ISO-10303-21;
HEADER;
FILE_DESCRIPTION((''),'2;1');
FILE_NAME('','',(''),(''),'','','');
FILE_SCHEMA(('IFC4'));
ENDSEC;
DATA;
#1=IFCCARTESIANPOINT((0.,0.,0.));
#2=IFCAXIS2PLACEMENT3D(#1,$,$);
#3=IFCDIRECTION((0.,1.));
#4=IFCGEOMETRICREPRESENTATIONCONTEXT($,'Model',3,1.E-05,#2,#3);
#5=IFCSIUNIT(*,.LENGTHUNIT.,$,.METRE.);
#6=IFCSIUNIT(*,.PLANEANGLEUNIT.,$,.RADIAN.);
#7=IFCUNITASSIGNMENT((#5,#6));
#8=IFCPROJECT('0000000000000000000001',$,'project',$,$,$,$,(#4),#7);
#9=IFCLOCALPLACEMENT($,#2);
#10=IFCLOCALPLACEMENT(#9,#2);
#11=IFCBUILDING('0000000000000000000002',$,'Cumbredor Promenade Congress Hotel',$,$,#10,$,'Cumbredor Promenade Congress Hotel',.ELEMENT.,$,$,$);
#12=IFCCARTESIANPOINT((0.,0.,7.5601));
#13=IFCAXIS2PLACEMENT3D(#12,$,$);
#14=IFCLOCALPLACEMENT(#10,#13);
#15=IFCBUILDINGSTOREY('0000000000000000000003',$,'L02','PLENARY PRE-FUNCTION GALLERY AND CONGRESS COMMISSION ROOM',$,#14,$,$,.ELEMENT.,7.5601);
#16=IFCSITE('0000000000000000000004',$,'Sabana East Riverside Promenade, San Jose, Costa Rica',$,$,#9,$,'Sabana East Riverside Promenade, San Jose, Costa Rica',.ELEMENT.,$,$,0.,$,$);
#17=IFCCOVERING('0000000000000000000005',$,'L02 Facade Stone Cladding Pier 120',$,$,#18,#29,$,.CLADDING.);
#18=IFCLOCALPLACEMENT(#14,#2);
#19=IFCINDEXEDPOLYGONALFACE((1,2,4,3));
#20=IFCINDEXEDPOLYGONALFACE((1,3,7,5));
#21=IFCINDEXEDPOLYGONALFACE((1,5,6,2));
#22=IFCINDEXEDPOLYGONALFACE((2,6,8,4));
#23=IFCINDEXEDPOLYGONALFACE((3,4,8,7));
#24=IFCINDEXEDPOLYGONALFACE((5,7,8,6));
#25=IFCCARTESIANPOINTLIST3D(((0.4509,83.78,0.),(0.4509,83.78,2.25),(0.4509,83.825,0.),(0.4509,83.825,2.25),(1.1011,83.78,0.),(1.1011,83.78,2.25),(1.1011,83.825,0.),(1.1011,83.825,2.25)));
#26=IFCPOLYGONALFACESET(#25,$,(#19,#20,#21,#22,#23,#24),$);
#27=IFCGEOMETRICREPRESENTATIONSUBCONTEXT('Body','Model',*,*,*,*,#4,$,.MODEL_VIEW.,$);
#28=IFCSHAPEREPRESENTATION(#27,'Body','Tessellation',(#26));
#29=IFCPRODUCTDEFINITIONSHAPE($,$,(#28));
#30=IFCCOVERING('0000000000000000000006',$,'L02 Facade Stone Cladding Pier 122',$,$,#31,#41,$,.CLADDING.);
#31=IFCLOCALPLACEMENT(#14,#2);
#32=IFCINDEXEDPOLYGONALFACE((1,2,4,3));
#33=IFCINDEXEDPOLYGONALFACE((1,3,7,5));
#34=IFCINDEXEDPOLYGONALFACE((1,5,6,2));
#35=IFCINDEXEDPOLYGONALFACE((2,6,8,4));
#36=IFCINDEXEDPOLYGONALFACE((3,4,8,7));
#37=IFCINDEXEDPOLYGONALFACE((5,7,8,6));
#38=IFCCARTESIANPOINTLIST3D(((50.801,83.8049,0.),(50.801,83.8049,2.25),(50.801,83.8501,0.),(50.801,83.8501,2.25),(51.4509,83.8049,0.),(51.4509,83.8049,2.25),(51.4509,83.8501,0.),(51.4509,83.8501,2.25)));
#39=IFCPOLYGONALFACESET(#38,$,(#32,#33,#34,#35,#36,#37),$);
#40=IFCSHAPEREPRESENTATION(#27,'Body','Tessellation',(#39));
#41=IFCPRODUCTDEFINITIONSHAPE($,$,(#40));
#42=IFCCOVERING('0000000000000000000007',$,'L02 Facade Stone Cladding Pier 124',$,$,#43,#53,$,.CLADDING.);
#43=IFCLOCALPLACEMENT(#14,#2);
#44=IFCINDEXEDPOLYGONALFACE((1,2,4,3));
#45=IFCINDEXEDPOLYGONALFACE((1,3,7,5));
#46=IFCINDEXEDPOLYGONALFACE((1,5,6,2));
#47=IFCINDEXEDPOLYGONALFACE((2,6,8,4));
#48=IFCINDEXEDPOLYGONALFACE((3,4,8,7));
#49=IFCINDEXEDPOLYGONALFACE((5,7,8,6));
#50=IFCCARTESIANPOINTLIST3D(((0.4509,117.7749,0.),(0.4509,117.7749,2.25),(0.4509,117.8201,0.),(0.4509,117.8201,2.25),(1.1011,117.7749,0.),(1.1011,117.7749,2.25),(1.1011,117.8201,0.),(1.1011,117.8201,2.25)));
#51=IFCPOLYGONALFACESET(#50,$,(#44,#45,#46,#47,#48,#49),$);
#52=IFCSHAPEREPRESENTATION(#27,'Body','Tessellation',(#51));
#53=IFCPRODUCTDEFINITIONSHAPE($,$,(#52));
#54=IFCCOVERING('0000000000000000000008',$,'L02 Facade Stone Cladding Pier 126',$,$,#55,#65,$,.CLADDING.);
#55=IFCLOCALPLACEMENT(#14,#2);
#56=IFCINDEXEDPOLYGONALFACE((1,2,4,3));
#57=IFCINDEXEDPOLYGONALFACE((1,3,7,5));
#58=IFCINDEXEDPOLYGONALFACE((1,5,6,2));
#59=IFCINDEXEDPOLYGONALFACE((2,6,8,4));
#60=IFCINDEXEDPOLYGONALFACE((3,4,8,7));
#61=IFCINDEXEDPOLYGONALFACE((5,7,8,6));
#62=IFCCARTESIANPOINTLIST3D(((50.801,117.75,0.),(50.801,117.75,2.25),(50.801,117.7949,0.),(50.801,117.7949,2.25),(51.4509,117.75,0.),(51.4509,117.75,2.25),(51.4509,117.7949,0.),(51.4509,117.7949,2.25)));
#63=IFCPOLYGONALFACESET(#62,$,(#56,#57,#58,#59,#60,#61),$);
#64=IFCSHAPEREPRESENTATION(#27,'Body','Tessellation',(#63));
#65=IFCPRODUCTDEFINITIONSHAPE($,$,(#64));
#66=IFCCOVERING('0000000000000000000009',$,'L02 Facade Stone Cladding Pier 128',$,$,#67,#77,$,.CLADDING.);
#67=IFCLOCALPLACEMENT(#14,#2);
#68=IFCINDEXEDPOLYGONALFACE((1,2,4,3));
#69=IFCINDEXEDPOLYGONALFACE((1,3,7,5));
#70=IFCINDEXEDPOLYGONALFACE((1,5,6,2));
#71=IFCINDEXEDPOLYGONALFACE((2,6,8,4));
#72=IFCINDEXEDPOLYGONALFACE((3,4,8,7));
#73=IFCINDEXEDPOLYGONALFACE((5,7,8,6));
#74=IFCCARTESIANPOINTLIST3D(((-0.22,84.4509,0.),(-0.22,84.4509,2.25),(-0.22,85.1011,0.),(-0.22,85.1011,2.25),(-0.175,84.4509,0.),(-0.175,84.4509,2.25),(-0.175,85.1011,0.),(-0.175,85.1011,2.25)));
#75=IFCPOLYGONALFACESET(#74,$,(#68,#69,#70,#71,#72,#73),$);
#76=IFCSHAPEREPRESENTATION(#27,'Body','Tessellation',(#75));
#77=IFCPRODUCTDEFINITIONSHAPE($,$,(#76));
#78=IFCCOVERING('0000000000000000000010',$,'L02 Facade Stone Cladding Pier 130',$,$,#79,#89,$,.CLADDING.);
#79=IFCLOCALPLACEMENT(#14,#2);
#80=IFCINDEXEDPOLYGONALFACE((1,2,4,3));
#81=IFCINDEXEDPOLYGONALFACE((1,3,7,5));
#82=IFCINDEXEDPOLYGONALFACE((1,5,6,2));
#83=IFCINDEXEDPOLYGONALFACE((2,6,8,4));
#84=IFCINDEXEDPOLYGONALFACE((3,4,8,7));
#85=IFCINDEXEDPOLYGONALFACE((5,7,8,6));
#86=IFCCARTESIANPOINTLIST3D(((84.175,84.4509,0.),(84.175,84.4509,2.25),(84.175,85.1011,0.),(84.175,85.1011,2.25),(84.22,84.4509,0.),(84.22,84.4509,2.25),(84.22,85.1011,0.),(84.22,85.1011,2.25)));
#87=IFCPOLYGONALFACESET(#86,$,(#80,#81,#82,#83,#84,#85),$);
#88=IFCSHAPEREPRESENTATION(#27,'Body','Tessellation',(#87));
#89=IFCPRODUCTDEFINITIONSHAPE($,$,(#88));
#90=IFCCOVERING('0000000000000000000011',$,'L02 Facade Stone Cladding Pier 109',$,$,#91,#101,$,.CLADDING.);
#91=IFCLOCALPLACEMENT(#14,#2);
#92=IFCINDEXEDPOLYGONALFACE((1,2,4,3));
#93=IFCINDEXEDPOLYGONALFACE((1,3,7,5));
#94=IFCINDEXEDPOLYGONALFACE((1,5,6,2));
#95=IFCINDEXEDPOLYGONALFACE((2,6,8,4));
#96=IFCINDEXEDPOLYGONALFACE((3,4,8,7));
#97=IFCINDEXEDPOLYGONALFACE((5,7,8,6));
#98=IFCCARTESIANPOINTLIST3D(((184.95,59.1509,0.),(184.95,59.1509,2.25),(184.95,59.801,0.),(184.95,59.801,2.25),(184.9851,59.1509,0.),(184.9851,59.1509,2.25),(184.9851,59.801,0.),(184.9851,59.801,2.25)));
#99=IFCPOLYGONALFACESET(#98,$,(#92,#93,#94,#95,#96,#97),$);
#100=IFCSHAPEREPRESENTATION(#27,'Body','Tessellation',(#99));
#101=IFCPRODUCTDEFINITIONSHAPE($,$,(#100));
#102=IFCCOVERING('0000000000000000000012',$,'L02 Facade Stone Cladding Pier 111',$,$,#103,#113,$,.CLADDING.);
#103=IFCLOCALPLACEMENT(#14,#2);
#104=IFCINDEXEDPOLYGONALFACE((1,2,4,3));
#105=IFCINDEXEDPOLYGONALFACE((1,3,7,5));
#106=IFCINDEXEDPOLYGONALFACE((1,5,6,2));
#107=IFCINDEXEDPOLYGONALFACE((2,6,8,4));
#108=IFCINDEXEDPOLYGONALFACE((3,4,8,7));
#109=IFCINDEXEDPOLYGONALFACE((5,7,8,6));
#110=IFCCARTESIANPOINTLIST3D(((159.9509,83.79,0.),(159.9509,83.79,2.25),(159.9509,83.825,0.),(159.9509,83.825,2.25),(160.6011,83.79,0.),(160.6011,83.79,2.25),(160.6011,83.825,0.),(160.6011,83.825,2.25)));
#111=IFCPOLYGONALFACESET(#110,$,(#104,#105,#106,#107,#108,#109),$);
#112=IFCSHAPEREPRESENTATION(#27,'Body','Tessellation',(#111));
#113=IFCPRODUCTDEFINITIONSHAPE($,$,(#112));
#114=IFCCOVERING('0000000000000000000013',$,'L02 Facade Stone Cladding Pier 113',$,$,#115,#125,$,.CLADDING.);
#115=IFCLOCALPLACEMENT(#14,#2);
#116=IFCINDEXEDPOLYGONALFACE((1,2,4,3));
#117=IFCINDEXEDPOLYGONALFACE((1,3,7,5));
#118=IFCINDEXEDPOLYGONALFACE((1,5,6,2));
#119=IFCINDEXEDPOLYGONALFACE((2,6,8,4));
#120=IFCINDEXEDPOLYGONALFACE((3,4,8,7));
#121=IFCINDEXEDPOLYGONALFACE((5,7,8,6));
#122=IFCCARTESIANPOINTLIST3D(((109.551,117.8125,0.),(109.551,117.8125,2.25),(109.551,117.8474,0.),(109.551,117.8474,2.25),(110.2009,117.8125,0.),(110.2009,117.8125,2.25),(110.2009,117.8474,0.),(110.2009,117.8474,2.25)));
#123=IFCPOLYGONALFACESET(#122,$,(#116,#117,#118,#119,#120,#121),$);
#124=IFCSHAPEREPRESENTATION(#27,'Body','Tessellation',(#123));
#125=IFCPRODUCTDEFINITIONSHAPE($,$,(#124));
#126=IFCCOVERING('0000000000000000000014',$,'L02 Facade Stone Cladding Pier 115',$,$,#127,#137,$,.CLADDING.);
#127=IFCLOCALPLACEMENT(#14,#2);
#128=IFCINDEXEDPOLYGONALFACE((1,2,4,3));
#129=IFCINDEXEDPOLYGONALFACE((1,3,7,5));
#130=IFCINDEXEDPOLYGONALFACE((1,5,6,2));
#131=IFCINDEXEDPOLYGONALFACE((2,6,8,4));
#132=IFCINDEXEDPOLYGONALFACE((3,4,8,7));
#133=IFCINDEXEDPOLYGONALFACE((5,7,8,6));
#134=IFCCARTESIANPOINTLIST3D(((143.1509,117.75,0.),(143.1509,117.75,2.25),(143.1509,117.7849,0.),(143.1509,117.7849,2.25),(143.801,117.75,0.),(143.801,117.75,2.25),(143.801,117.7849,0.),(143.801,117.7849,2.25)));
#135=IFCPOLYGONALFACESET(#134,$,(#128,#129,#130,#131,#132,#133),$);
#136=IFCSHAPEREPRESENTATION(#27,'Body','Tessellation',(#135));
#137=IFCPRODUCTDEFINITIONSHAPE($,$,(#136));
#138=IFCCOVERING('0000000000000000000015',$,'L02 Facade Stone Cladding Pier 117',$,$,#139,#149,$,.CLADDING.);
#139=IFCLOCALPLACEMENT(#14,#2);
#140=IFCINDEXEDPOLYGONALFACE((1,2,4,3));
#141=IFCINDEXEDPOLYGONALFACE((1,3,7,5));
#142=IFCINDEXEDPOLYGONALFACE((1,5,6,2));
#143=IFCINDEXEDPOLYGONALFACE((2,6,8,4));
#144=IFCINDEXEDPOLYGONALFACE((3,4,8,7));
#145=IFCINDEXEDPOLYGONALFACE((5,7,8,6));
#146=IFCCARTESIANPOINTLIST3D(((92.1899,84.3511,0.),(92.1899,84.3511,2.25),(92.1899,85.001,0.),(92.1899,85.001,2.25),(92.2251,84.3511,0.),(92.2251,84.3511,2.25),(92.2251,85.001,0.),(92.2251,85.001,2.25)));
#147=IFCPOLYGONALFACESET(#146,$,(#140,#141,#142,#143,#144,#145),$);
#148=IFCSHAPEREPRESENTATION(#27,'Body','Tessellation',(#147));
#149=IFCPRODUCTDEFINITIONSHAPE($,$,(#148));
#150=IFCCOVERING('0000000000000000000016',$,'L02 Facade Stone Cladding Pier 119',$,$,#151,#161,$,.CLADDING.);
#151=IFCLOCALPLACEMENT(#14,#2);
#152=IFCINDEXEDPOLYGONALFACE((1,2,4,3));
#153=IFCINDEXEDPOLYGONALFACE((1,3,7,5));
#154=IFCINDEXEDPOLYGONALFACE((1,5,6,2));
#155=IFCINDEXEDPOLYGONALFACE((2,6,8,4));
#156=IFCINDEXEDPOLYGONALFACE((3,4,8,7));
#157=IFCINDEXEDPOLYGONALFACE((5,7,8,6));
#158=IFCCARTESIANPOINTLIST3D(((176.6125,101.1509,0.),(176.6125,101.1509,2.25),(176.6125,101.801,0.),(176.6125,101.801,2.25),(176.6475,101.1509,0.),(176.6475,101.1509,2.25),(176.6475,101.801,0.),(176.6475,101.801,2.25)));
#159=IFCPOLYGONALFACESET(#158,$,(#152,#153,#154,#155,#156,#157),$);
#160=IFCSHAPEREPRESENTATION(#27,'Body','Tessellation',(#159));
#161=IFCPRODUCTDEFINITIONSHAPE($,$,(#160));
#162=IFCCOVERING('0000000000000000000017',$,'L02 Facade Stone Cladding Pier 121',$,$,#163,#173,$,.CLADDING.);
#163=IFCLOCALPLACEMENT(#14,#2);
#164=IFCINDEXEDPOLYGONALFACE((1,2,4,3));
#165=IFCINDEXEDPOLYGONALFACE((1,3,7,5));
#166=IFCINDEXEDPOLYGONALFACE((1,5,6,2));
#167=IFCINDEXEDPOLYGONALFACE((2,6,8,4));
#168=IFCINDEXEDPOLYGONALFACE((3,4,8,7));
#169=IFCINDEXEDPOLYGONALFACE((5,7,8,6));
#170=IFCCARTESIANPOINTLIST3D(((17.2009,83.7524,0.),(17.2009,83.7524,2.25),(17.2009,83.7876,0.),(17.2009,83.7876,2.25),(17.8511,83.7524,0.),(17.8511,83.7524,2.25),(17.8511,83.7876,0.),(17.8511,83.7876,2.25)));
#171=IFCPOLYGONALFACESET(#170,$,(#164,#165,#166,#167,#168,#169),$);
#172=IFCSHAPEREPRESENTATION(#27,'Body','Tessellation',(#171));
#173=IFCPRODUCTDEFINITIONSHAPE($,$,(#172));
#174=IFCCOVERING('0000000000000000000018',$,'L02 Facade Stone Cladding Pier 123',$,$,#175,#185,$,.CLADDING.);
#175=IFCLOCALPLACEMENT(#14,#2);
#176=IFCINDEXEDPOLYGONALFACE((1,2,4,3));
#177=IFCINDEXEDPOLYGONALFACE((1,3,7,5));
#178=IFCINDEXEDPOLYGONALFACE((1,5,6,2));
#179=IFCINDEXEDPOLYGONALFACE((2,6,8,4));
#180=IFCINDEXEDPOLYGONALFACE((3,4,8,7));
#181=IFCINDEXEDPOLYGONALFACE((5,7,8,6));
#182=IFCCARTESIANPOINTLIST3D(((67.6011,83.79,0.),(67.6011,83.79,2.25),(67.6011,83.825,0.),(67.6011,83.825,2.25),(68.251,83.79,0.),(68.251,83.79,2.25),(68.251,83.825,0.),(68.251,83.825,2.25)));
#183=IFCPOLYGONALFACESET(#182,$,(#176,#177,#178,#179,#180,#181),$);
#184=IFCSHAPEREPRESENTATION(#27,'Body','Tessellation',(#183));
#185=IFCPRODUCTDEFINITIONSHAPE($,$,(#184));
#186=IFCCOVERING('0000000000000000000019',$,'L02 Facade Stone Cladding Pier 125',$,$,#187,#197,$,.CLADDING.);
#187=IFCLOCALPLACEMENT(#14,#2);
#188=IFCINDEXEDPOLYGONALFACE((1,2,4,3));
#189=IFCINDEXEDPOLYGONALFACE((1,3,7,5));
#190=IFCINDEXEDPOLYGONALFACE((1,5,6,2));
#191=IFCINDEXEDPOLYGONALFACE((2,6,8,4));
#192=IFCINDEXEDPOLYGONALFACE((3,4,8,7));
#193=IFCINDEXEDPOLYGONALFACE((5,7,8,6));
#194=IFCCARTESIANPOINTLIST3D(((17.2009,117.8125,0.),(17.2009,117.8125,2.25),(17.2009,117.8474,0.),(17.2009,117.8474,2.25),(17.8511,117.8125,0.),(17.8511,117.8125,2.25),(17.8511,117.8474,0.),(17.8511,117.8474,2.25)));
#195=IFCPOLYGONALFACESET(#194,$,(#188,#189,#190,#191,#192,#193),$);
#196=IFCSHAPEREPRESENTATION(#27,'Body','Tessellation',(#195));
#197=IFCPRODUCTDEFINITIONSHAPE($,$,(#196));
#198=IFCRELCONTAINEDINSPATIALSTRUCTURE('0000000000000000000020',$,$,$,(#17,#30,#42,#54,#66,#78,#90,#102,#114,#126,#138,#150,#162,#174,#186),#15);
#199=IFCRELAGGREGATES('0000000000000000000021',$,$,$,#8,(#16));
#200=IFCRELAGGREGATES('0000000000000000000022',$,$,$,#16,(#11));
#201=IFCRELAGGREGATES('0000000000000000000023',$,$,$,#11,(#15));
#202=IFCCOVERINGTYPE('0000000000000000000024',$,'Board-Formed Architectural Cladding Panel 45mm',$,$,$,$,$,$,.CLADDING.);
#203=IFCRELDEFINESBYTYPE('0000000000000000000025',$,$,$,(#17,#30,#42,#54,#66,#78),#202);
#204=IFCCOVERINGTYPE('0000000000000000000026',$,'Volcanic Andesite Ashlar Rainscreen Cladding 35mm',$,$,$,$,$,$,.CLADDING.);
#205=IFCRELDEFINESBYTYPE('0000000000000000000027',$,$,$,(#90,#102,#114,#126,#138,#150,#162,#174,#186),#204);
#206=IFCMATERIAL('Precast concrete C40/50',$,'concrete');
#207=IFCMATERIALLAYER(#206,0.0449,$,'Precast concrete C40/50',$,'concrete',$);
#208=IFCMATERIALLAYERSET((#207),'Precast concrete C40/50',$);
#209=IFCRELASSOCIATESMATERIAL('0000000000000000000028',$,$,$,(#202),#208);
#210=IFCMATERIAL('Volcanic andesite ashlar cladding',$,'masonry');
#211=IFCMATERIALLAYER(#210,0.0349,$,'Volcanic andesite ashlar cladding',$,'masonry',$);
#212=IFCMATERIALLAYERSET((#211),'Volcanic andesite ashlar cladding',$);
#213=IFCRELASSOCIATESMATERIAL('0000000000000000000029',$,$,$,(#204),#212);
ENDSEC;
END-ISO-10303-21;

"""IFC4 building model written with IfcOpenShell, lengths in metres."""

from ifc_helpers import new_model, si_unit, direction, frame, origin, place, context, subcontext, project, spatial, polyline, outline, extrude, material, layer, layer_set, type_object, element, save


model = new_model("IFC4")

# Units and contexts
model_context = context("Model", 3, precision=1e-05, world=origin(), true_north=direction((0.0, 1.0)))
body_context = subcontext(model_context, "Body", "Model", "MODEL_VIEW")
ifc_project = project(units=[si_unit("LENGTHUNIT", "METRE"), si_unit("PLANEANGLEUNIT", "RADIAN")], contexts=[model_context])

# Site, building, storey
site_placement = place(None, origin())
site = spatial("IfcSite", under=ifc_project, at=site_placement, Name="Sabana East Riverside Promenade, San Jose, Costa Rica", LongName="Sabana East Riverside Promenade, San Jose, Costa Rica", CompositionType="ELEMENT", RefElevation=0.0)
building_placement = place(site_placement, origin())
building = spatial("IfcBuilding", under=site, at=building_placement, Name="Cumbredor Promenade Congress Hotel", LongName="Cumbredor Promenade Congress Hotel", CompositionType="ELEMENT")
storey_placement = place(building_placement, frame((0.0, 0.0, 7.5601)))
storey = spatial("IfcBuildingStorey", under=building, at=storey_placement, Name="L02", Description="PLENARY PRE-FUNCTION GALLERY AND CONGRESS COMMISSION ROOM", CompositionType="ELEMENT", Elevation=7.5601)

# Coverings
ifc_material_1 = material(Name="Precast concrete C40/50", Category="concrete")
ifc_layer_1 = layer(ifc_material_1, 0.0449, Name="Precast concrete C40/50", Category="concrete")
ifc_layer_set_1 = layer_set([ifc_layer_1], Name="Precast concrete C40/50")
covering_type_1 = type_object("IfcCoveringType", Name="Board-Formed Architectural Cladding Panel 45mm", PredefinedType="CLADDING", material=ifc_layer_set_1)
covering_1_placement = place(storey_placement, origin())
element("IfcCovering", 1, at=covering_1_placement, inside=storey, type_object=covering_type_1, Name="L02 Facade Stone Cladding Pier 120", PredefinedType="CLADDING", context=body_context, shape_type="SweptSolid", body=[
    extrude(outline(polyline([(0.4509, 83.825), (1.1011, 83.825), (1.1011, 83.78), (0.4509, 83.78), (0.4509, 83.825)])), origin(), (0.0, 0.0, 1.0), 2.25),
])
covering_2_placement = place(storey_placement, origin())
element("IfcCovering", 2, at=covering_2_placement, inside=storey, type_object=covering_type_1, Name="L02 Facade Stone Cladding Pier 122", PredefinedType="CLADDING", context=body_context, shape_type="SweptSolid", body=[
    extrude(outline(polyline([(50.801, 83.8501), (51.4509, 83.8501), (51.4509, 83.8049), (50.801, 83.8049), (50.801, 83.8501)])), origin(), (0.0, 0.0, 1.0), 2.25),
])
covering_3_placement = place(storey_placement, origin())
element("IfcCovering", 3, at=covering_3_placement, inside=storey, type_object=covering_type_1, Name="L02 Facade Stone Cladding Pier 124", PredefinedType="CLADDING", context=body_context, shape_type="SweptSolid", body=[
    extrude(outline(polyline([(0.4509, 117.7749), (1.1011, 117.7749), (1.1011, 117.8201), (0.4509, 117.8201), (0.4509, 117.7749)])), origin(), (0.0, 0.0, 1.0), 2.25),
])
covering_4_placement = place(storey_placement, origin())
element("IfcCovering", 4, at=covering_4_placement, inside=storey, type_object=covering_type_1, Name="L02 Facade Stone Cladding Pier 126", PredefinedType="CLADDING", context=body_context, shape_type="SweptSolid", body=[
    extrude(outline(polyline([(50.801, 117.75), (51.4509, 117.75), (51.4509, 117.7949), (50.801, 117.7949), (50.801, 117.75)])), origin(), (0.0, 0.0, 1.0), 2.25),
])
covering_5_placement = place(storey_placement, origin())
element("IfcCovering", 5, at=covering_5_placement, inside=storey, type_object=covering_type_1, Name="L02 Facade Stone Cladding Pier 128", PredefinedType="CLADDING", context=body_context, shape_type="SweptSolid", body=[
    extrude(outline(polyline([(-0.175, 84.4509), (-0.175, 85.1011), (-0.22, 85.1011), (-0.22, 84.4509), (-0.175, 84.4509)])), origin(), (0.0, 0.0, 1.0), 2.25),
])
covering_6_placement = place(storey_placement, origin())
element("IfcCovering", 6, at=covering_6_placement, inside=storey, type_object=covering_type_1, Name="L02 Facade Stone Cladding Pier 130", PredefinedType="CLADDING", context=body_context, shape_type="SweptSolid", body=[
    extrude(outline(polyline([(84.175, 84.4509), (84.175, 85.1011), (84.22, 85.1011), (84.22, 84.4509), (84.175, 84.4509)])), origin(), (0.0, 0.0, 1.0), 2.25),
])
ifc_material_2 = material(Name="Volcanic andesite ashlar cladding", Category="masonry")
ifc_layer_2 = layer(ifc_material_2, 0.0349, Name="Volcanic andesite ashlar cladding", Category="masonry")
ifc_layer_set_2 = layer_set([ifc_layer_2], Name="Volcanic andesite ashlar cladding")
covering_type_2 = type_object("IfcCoveringType", Name="Volcanic Andesite Ashlar Rainscreen Cladding 35mm", PredefinedType="CLADDING", material=ifc_layer_set_2)
covering_7_placement = place(storey_placement, origin())
element("IfcCovering", 7, at=covering_7_placement, inside=storey, type_object=covering_type_2, Name="L02 Facade Stone Cladding Pier 109", PredefinedType="CLADDING", context=body_context, shape_type="SweptSolid", body=[
    extrude(outline(polyline([(184.95, 59.1509), (184.95, 59.801), (184.9851, 59.801), (184.9851, 59.1509), (184.95, 59.1509)])), origin(), (0.0, 0.0, 1.0), 2.25),
])
covering_8_placement = place(storey_placement, origin())
element("IfcCovering", 8, at=covering_8_placement, inside=storey, type_object=covering_type_2, Name="L02 Facade Stone Cladding Pier 111", PredefinedType="CLADDING", context=body_context, shape_type="SweptSolid", body=[
    extrude(outline(polyline([(159.9509, 83.825), (160.6011, 83.825), (160.6011, 83.79), (159.9509, 83.79), (159.9509, 83.825)])), origin(), (0.0, 0.0, 1.0), 2.25),
])
covering_9_placement = place(storey_placement, origin())
element("IfcCovering", 9, at=covering_9_placement, inside=storey, type_object=covering_type_2, Name="L02 Facade Stone Cladding Pier 113", PredefinedType="CLADDING", context=body_context, shape_type="SweptSolid", body=[
    extrude(outline(polyline([(109.551, 117.8125), (110.2009, 117.8125), (110.2009, 117.8474), (109.551, 117.8474), (109.551, 117.8125)])), origin(), (0.0, 0.0, 1.0), 2.25),
])
covering_10_placement = place(storey_placement, origin())
element("IfcCovering", 10, at=covering_10_placement, inside=storey, type_object=covering_type_2, Name="L02 Facade Stone Cladding Pier 115", PredefinedType="CLADDING", context=body_context, shape_type="SweptSolid", body=[
    extrude(outline(polyline([(143.1509, 117.75), (143.801, 117.75), (143.801, 117.7849), (143.1509, 117.7849), (143.1509, 117.75)])), origin(), (0.0, 0.0, 1.0), 2.25),
])
covering_11_placement = place(storey_placement, origin())
element("IfcCovering", 11, at=covering_11_placement, inside=storey, type_object=covering_type_2, Name="L02 Facade Stone Cladding Pier 117", PredefinedType="CLADDING", context=body_context, shape_type="SweptSolid", body=[
    extrude(outline(polyline([(92.2251, 84.3511), (92.2251, 85.001), (92.1899, 85.001), (92.1899, 84.3511), (92.2251, 84.3511)])), origin(), (0.0, 0.0, 1.0), 2.25),
])
covering_12_placement = place(storey_placement, origin())
element("IfcCovering", 12, at=covering_12_placement, inside=storey, type_object=covering_type_2, Name="L02 Facade Stone Cladding Pier 119", PredefinedType="CLADDING", context=body_context, shape_type="SweptSolid", body=[
    extrude(outline(polyline([(176.6125, 101.1509), (176.6125, 101.801), (176.6475, 101.801), (176.6475, 101.1509), (176.6125, 101.1509)])), origin(), (0.0, 0.0, 1.0), 2.25),
])
covering_13_placement = place(storey_placement, origin())
element("IfcCovering", 13, at=covering_13_placement, inside=storey, type_object=covering_type_2, Name="L02 Facade Stone Cladding Pier 121", PredefinedType="CLADDING", context=body_context, shape_type="SweptSolid", body=[
    extrude(outline(polyline([(17.2009, 83.7876), (17.8511, 83.7876), (17.8511, 83.7524), (17.2009, 83.7524), (17.2009, 83.7876)])), origin(), (0.0, 0.0, 1.0), 2.25),
])
covering_14_placement = place(storey_placement, origin())
element("IfcCovering", 14, at=covering_14_placement, inside=storey, type_object=covering_type_2, Name="L02 Facade Stone Cladding Pier 123", PredefinedType="CLADDING", context=body_context, shape_type="SweptSolid", body=[
    extrude(outline(polyline([(67.6011, 83.825), (68.251, 83.825), (68.251, 83.79), (67.6011, 83.79), (67.6011, 83.825)])), origin(), (0.0, 0.0, 1.0), 2.25),
])
covering_15_placement = place(storey_placement, origin())
element("IfcCovering", 15, at=covering_15_placement, inside=storey, type_object=covering_type_2, Name="L02 Facade Stone Cladding Pier 125", PredefinedType="CLADDING", context=body_context, shape_type="SweptSolid", body=[
    extrude(outline(polyline([(17.2009, 117.8125), (17.8511, 117.8125), (17.8511, 117.8474), (17.2009, 117.8474), (17.2009, 117.8125)])), origin(), (0.0, 0.0, 1.0), 2.25),
])

save(model, "model.ifc")
